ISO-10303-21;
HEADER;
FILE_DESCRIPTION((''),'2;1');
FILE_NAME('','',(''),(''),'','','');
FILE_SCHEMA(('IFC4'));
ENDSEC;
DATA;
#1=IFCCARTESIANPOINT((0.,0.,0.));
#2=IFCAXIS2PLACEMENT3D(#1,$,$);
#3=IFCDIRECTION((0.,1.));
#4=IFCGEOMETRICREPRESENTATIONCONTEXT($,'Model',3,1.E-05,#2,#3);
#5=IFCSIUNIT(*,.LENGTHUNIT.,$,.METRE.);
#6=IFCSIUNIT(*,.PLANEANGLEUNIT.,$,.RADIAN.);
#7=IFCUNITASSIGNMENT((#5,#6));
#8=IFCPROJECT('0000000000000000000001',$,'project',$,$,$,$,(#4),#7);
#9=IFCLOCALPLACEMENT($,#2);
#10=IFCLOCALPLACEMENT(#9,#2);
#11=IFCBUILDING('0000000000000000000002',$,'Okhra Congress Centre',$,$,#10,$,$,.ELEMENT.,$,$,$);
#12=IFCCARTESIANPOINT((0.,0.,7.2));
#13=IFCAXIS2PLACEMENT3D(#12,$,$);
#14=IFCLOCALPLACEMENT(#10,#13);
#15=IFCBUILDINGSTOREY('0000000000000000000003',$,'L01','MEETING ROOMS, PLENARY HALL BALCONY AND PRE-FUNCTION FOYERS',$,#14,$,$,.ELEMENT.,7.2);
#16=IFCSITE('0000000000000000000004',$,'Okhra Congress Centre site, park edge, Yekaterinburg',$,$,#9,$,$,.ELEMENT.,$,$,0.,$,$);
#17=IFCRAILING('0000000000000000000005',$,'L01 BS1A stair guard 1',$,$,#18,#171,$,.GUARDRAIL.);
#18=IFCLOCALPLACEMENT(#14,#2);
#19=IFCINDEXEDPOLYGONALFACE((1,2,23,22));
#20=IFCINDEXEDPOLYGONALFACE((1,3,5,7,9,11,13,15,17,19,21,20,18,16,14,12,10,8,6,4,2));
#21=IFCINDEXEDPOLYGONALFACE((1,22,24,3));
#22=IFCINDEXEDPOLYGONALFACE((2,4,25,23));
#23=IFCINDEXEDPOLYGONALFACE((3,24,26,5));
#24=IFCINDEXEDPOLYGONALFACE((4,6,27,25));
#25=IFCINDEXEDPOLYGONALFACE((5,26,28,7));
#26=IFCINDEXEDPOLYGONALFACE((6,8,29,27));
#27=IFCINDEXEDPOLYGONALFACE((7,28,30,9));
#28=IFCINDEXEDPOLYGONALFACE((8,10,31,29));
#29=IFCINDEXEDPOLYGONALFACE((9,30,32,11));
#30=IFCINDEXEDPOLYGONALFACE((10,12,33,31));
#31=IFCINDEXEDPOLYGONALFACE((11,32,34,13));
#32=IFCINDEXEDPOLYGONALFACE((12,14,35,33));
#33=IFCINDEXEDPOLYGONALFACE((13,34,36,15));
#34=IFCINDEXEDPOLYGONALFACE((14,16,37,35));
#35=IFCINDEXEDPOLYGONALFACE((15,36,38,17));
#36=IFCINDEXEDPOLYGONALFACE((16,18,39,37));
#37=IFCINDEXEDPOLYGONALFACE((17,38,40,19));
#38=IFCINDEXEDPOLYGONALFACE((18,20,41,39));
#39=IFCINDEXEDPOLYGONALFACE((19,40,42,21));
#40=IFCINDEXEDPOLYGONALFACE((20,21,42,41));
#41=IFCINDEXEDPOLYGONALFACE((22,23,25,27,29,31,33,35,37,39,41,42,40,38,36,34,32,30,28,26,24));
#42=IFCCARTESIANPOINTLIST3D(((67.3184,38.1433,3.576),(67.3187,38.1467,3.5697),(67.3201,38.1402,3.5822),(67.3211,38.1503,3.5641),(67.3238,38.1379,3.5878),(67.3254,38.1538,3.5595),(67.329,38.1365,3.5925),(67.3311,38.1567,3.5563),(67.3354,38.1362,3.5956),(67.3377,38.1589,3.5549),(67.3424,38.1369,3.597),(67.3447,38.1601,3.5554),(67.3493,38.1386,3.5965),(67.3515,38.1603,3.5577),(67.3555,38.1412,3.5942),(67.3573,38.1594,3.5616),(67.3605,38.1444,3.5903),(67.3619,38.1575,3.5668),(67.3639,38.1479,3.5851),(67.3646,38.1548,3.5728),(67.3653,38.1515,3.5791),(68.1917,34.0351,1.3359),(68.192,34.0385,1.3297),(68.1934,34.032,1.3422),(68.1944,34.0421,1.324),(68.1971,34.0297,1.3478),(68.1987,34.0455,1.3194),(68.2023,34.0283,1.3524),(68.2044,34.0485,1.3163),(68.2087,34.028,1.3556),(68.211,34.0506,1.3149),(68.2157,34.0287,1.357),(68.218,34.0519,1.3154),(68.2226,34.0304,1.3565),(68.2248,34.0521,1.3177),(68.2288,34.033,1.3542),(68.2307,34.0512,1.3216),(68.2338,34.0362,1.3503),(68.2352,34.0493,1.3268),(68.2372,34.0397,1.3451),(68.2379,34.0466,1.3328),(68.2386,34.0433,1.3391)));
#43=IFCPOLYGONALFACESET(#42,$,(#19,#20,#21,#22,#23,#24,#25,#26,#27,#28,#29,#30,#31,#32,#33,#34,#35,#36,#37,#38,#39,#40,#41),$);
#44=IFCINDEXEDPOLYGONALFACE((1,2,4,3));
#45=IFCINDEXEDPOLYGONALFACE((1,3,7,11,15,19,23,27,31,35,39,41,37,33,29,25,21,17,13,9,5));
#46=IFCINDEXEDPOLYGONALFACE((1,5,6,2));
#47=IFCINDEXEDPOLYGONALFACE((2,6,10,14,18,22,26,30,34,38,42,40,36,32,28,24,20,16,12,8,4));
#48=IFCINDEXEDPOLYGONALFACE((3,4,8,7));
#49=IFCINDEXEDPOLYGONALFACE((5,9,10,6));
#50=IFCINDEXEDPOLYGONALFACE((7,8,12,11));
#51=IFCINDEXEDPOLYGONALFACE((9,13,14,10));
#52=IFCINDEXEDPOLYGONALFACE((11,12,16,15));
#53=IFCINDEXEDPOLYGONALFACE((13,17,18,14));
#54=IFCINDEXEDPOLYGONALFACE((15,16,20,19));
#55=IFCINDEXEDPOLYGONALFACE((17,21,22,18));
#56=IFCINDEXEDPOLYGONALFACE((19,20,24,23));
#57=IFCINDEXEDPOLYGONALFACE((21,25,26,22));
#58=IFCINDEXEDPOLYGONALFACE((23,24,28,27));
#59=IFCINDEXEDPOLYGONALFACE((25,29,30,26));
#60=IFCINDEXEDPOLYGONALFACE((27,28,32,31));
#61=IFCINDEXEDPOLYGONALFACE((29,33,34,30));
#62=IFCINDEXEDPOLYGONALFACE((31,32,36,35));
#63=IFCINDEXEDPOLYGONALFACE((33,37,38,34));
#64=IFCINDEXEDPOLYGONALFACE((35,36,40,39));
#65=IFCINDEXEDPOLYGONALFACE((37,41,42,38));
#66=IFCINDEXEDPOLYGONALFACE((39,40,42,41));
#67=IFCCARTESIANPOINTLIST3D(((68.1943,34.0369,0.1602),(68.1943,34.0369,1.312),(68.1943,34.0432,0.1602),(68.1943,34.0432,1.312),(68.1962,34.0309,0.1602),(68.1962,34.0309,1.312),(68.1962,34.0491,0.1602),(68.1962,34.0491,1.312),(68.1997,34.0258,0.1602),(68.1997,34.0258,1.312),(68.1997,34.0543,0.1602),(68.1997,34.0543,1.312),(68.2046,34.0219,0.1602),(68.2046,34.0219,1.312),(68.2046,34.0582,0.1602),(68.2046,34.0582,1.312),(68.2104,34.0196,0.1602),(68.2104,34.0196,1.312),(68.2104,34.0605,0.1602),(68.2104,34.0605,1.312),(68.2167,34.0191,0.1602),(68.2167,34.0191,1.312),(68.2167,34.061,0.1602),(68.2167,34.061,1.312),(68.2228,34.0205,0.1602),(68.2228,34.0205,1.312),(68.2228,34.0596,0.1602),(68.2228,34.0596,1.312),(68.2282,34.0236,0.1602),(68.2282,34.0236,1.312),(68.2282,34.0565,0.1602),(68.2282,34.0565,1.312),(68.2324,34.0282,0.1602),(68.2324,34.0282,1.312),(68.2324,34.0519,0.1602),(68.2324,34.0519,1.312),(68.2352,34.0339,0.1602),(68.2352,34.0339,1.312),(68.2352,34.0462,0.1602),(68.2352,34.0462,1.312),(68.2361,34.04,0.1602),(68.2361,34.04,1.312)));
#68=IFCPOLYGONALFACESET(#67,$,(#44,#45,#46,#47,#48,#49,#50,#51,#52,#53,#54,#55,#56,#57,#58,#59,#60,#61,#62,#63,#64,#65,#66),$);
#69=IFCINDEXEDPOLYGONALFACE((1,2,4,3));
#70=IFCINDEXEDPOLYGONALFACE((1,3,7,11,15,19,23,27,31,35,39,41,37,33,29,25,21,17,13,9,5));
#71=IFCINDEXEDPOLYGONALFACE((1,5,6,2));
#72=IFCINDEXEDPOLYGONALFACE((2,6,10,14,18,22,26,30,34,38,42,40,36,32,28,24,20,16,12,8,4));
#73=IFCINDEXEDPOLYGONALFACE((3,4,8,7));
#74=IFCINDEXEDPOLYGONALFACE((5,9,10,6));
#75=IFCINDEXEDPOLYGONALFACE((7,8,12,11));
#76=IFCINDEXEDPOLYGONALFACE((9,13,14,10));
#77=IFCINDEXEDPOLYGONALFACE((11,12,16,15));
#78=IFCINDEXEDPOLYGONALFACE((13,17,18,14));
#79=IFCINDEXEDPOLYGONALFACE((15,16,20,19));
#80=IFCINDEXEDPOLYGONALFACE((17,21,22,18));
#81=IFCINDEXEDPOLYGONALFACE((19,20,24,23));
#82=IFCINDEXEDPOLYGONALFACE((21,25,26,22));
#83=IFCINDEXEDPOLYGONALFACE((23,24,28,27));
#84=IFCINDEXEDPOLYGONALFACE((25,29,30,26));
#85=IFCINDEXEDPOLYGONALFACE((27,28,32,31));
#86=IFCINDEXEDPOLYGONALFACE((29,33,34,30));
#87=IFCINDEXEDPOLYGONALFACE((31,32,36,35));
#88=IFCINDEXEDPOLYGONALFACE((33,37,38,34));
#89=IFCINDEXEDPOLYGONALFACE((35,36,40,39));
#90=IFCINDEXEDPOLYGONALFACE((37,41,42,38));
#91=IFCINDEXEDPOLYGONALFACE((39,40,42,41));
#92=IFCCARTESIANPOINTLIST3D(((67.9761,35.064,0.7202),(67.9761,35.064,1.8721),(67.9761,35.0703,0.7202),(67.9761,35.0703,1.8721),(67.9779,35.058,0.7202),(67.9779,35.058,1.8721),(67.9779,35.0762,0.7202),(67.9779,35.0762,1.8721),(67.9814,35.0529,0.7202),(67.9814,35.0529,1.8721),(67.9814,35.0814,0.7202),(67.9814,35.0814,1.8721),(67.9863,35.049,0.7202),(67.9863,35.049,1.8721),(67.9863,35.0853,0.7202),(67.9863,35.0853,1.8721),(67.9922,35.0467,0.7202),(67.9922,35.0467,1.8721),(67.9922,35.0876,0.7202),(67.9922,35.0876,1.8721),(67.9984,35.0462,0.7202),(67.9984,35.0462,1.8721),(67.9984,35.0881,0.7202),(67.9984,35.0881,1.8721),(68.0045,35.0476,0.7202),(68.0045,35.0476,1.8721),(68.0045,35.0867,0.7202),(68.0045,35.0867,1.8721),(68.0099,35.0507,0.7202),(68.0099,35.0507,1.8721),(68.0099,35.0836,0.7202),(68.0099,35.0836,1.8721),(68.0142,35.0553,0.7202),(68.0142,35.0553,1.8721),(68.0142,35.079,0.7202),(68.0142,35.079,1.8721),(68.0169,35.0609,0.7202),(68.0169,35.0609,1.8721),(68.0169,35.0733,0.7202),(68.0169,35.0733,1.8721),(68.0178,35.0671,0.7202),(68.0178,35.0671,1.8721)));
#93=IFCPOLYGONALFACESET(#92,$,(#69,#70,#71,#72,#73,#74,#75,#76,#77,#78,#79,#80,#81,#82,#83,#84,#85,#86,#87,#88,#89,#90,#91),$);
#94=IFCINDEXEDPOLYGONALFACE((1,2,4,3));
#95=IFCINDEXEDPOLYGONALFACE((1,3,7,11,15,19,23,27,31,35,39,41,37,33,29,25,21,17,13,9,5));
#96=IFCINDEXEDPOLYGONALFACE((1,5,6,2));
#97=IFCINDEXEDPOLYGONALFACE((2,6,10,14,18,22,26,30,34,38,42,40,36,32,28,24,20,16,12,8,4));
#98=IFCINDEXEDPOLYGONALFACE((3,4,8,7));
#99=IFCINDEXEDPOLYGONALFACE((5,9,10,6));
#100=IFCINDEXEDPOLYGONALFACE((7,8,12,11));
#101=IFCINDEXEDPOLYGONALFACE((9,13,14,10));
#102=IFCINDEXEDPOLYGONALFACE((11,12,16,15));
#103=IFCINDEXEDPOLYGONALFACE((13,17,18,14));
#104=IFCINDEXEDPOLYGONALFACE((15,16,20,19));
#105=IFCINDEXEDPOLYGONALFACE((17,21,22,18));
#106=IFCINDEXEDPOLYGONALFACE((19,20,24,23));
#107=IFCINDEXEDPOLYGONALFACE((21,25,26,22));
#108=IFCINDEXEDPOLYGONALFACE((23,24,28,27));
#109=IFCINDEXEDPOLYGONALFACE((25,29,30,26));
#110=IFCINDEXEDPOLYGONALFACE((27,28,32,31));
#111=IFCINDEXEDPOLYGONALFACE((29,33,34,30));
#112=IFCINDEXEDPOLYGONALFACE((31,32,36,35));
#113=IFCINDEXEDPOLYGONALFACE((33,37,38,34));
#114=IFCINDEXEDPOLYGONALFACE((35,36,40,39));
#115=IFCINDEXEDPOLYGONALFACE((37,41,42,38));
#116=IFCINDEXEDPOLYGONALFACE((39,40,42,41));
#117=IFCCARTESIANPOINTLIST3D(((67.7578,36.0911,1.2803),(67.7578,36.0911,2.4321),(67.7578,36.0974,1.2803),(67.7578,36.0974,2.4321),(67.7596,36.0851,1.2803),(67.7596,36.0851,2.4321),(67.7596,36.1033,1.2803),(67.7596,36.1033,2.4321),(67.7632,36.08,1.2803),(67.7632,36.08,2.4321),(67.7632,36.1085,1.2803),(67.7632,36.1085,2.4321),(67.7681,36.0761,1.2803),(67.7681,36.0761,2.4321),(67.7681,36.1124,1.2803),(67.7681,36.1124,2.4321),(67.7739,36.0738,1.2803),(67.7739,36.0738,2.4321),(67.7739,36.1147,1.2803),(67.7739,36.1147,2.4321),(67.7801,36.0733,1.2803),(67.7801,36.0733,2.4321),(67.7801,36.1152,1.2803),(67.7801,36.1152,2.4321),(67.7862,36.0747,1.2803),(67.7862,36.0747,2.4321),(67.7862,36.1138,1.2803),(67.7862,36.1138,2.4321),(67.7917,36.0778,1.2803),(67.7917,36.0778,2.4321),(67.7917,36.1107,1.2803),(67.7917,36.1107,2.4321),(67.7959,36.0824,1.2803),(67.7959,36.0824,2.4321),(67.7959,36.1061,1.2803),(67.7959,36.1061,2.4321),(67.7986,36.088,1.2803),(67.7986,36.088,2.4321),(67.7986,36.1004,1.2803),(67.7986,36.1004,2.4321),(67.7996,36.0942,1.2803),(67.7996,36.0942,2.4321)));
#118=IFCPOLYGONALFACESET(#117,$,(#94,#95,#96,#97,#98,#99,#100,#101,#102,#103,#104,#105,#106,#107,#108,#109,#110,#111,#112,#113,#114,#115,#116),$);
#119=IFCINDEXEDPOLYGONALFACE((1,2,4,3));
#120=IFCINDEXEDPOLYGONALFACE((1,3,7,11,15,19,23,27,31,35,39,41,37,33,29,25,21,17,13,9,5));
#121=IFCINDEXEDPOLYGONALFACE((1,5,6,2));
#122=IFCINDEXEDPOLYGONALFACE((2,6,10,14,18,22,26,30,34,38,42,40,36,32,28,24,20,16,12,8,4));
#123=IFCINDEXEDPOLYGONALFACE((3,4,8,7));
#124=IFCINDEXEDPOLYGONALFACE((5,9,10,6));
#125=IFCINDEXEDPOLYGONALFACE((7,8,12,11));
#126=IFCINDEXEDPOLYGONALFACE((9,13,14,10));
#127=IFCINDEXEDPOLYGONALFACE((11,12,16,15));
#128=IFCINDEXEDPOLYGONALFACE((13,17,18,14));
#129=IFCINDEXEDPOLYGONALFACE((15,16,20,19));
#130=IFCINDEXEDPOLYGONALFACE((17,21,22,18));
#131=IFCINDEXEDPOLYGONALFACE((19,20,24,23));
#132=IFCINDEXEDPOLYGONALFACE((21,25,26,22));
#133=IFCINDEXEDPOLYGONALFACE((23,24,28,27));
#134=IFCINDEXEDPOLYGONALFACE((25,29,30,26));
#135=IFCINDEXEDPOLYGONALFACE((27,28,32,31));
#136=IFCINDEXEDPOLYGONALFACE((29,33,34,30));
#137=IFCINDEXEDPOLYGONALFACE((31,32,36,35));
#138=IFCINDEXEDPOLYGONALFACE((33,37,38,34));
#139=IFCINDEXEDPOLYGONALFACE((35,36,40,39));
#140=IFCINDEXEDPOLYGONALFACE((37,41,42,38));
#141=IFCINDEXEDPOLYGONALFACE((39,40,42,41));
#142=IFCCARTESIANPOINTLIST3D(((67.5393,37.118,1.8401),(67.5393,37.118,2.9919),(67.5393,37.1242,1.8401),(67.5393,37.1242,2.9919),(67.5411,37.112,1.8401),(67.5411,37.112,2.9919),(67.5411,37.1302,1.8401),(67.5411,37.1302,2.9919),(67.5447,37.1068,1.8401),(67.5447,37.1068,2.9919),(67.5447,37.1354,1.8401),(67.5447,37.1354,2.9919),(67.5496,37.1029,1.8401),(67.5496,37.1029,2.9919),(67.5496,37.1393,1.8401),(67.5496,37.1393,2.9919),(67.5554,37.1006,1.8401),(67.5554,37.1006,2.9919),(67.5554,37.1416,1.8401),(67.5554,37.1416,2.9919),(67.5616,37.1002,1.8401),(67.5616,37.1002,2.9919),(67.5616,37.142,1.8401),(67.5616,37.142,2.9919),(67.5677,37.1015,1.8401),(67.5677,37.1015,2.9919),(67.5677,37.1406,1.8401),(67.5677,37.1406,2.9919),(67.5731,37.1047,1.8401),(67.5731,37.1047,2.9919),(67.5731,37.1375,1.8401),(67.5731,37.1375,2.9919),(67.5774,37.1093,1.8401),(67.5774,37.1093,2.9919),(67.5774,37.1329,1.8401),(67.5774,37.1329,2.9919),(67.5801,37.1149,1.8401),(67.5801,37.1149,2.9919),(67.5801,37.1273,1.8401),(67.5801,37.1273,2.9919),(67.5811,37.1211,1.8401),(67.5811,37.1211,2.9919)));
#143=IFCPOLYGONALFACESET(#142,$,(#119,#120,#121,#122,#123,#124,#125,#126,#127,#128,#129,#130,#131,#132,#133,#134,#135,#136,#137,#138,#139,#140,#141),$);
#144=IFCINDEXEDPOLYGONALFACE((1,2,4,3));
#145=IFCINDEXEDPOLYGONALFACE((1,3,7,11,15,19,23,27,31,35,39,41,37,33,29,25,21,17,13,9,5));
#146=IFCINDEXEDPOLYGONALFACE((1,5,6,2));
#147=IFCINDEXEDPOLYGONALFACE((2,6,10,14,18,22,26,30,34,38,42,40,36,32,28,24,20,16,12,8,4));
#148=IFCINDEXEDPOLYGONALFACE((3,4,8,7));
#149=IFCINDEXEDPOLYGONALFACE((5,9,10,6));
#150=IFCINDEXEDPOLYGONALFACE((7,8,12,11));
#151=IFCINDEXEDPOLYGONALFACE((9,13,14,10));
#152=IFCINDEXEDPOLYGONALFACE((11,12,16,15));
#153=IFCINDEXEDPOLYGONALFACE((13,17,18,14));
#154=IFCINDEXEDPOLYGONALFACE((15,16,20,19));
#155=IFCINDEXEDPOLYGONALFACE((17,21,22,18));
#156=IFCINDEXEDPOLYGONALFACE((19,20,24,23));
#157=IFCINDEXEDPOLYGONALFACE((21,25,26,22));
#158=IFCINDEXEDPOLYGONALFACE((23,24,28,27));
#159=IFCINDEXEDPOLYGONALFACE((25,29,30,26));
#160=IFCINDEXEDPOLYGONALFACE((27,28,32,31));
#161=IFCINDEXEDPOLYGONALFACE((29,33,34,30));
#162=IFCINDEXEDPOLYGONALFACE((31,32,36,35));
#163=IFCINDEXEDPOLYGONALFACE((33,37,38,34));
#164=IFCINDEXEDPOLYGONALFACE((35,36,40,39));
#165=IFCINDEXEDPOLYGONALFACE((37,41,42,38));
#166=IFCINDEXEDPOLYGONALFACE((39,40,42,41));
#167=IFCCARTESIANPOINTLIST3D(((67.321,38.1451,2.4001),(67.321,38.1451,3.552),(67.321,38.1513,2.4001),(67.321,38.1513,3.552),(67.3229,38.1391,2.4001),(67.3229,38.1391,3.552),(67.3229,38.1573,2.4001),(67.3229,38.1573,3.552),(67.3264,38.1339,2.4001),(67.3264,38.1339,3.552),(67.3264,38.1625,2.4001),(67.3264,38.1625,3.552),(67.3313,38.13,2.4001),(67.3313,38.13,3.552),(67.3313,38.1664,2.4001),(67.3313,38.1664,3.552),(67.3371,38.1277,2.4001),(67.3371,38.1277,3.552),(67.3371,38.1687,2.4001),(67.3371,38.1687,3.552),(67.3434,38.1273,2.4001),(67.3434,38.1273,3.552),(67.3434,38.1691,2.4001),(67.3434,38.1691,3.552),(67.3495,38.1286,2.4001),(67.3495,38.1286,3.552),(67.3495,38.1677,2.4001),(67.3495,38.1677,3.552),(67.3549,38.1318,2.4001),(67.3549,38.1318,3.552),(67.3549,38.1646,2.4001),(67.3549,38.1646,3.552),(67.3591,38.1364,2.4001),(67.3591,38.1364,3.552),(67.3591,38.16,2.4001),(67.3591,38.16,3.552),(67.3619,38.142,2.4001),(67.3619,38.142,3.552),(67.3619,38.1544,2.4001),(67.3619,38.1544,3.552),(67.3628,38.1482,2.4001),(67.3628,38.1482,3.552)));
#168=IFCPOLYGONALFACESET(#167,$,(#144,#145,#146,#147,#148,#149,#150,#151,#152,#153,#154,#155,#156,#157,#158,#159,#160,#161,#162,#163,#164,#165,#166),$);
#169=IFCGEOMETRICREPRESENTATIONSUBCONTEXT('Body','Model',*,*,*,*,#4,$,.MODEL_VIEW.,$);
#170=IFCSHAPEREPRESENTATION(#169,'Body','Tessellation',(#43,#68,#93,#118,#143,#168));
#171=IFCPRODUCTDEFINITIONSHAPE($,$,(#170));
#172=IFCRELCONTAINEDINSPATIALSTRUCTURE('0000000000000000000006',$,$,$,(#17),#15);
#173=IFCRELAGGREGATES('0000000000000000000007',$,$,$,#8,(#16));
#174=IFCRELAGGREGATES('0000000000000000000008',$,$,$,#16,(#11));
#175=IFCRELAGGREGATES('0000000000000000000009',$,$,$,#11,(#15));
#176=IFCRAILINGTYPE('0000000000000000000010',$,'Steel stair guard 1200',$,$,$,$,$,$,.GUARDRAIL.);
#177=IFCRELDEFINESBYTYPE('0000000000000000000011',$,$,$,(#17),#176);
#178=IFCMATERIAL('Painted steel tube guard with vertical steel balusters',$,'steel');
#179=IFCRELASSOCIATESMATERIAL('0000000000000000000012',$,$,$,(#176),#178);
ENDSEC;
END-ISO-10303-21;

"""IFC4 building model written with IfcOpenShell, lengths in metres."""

from ifc_helpers import new_model, si_unit, direction, frame, origin, origin_2d, place, context, subcontext, project, spatial, circle, extrude, material, type_object, element, save


model = new_model("IFC4")

# Units and contexts
model_context = context("Model", 3, precision=1e-05, world=origin(), true_north=direction((0.0, 1.0)))
body_context = subcontext(model_context, "Body", "Model", "MODEL_VIEW")
ifc_project = project(units=[si_unit("LENGTHUNIT", "METRE"), si_unit("PLANEANGLEUNIT", "RADIAN")], contexts=[model_context])

# Site, building, storey
site_placement = place(None, origin())
site = spatial("IfcSite", under=ifc_project, at=site_placement, Name="Okhra Congress Centre site, park edge, Yekaterinburg", CompositionType="ELEMENT", RefElevation=0.0)
building_placement = place(site_placement, origin())
building = spatial("IfcBuilding", under=site, at=building_placement, Name="Okhra Congress Centre", CompositionType="ELEMENT")
storey_placement = place(building_placement, frame((0.0, 0.0, 7.2)))
storey = spatial("IfcBuildingStorey", under=building, at=storey_placement, Name="L01", Description="MEETING ROOMS, PLENARY HALL BALCONY AND PRE-FUNCTION FOYERS", CompositionType="ELEMENT", Elevation=7.2)

# Railing
ifc_material_1 = material(Name="Painted steel tube guard with vertical steel balusters", Category="steel")
railing_type_1 = type_object("IfcRailingType", Name="Steel stair guard 1200", PredefinedType="GUARDRAIL", material=ifc_material_1)
railing_1_placement = place(storey_placement, frame((68.2151, 34.04, 0.1602)))
element("IfcRailing", 1, at=railing_1_placement, inside=storey, type_object=railing_type_1, Name="L01 BS1A stair guard 1", PredefinedType="GUARDRAIL", context=body_context, shape_type="SweptSolid", body=[
    extrude(circle(Radius=0.0239, at=origin_2d()), frame((0.0, 0.0, 1.1758), z_axis=(-0.183466, 0.863067, 0.470591), x_axis=(-0.978144, -0.207929, 0.0)), (0.0, 0.0, 1.0), 4.76),
    extrude(circle(Radius=0.021, at=origin_2d()), origin(), (0.0, 0.0, 1.0), 1.1519),
    extrude(circle(Radius=0.021, at=origin_2d()), frame((-0.2183, 1.0271, 0.5601)), (0.0, 0.0, 1.0), 1.1519),
    extrude(circle(Radius=0.021, at=origin_2d()), frame((-0.4365, 2.0542, 1.1201)), (0.0, 0.0, 1.0), 1.1519),
    extrude(circle(Radius=0.021, at=origin_2d()), frame((-0.655, 3.0811, 1.6799)), (0.0, 0.0, 1.0), 1.1519),
    extrude(circle(Radius=0.021, at=origin_2d()), frame((-0.8733, 4.1082, 2.24)), (0.0, 0.0, 1.0), 1.1519),
])

save(model, "model.ifc")
